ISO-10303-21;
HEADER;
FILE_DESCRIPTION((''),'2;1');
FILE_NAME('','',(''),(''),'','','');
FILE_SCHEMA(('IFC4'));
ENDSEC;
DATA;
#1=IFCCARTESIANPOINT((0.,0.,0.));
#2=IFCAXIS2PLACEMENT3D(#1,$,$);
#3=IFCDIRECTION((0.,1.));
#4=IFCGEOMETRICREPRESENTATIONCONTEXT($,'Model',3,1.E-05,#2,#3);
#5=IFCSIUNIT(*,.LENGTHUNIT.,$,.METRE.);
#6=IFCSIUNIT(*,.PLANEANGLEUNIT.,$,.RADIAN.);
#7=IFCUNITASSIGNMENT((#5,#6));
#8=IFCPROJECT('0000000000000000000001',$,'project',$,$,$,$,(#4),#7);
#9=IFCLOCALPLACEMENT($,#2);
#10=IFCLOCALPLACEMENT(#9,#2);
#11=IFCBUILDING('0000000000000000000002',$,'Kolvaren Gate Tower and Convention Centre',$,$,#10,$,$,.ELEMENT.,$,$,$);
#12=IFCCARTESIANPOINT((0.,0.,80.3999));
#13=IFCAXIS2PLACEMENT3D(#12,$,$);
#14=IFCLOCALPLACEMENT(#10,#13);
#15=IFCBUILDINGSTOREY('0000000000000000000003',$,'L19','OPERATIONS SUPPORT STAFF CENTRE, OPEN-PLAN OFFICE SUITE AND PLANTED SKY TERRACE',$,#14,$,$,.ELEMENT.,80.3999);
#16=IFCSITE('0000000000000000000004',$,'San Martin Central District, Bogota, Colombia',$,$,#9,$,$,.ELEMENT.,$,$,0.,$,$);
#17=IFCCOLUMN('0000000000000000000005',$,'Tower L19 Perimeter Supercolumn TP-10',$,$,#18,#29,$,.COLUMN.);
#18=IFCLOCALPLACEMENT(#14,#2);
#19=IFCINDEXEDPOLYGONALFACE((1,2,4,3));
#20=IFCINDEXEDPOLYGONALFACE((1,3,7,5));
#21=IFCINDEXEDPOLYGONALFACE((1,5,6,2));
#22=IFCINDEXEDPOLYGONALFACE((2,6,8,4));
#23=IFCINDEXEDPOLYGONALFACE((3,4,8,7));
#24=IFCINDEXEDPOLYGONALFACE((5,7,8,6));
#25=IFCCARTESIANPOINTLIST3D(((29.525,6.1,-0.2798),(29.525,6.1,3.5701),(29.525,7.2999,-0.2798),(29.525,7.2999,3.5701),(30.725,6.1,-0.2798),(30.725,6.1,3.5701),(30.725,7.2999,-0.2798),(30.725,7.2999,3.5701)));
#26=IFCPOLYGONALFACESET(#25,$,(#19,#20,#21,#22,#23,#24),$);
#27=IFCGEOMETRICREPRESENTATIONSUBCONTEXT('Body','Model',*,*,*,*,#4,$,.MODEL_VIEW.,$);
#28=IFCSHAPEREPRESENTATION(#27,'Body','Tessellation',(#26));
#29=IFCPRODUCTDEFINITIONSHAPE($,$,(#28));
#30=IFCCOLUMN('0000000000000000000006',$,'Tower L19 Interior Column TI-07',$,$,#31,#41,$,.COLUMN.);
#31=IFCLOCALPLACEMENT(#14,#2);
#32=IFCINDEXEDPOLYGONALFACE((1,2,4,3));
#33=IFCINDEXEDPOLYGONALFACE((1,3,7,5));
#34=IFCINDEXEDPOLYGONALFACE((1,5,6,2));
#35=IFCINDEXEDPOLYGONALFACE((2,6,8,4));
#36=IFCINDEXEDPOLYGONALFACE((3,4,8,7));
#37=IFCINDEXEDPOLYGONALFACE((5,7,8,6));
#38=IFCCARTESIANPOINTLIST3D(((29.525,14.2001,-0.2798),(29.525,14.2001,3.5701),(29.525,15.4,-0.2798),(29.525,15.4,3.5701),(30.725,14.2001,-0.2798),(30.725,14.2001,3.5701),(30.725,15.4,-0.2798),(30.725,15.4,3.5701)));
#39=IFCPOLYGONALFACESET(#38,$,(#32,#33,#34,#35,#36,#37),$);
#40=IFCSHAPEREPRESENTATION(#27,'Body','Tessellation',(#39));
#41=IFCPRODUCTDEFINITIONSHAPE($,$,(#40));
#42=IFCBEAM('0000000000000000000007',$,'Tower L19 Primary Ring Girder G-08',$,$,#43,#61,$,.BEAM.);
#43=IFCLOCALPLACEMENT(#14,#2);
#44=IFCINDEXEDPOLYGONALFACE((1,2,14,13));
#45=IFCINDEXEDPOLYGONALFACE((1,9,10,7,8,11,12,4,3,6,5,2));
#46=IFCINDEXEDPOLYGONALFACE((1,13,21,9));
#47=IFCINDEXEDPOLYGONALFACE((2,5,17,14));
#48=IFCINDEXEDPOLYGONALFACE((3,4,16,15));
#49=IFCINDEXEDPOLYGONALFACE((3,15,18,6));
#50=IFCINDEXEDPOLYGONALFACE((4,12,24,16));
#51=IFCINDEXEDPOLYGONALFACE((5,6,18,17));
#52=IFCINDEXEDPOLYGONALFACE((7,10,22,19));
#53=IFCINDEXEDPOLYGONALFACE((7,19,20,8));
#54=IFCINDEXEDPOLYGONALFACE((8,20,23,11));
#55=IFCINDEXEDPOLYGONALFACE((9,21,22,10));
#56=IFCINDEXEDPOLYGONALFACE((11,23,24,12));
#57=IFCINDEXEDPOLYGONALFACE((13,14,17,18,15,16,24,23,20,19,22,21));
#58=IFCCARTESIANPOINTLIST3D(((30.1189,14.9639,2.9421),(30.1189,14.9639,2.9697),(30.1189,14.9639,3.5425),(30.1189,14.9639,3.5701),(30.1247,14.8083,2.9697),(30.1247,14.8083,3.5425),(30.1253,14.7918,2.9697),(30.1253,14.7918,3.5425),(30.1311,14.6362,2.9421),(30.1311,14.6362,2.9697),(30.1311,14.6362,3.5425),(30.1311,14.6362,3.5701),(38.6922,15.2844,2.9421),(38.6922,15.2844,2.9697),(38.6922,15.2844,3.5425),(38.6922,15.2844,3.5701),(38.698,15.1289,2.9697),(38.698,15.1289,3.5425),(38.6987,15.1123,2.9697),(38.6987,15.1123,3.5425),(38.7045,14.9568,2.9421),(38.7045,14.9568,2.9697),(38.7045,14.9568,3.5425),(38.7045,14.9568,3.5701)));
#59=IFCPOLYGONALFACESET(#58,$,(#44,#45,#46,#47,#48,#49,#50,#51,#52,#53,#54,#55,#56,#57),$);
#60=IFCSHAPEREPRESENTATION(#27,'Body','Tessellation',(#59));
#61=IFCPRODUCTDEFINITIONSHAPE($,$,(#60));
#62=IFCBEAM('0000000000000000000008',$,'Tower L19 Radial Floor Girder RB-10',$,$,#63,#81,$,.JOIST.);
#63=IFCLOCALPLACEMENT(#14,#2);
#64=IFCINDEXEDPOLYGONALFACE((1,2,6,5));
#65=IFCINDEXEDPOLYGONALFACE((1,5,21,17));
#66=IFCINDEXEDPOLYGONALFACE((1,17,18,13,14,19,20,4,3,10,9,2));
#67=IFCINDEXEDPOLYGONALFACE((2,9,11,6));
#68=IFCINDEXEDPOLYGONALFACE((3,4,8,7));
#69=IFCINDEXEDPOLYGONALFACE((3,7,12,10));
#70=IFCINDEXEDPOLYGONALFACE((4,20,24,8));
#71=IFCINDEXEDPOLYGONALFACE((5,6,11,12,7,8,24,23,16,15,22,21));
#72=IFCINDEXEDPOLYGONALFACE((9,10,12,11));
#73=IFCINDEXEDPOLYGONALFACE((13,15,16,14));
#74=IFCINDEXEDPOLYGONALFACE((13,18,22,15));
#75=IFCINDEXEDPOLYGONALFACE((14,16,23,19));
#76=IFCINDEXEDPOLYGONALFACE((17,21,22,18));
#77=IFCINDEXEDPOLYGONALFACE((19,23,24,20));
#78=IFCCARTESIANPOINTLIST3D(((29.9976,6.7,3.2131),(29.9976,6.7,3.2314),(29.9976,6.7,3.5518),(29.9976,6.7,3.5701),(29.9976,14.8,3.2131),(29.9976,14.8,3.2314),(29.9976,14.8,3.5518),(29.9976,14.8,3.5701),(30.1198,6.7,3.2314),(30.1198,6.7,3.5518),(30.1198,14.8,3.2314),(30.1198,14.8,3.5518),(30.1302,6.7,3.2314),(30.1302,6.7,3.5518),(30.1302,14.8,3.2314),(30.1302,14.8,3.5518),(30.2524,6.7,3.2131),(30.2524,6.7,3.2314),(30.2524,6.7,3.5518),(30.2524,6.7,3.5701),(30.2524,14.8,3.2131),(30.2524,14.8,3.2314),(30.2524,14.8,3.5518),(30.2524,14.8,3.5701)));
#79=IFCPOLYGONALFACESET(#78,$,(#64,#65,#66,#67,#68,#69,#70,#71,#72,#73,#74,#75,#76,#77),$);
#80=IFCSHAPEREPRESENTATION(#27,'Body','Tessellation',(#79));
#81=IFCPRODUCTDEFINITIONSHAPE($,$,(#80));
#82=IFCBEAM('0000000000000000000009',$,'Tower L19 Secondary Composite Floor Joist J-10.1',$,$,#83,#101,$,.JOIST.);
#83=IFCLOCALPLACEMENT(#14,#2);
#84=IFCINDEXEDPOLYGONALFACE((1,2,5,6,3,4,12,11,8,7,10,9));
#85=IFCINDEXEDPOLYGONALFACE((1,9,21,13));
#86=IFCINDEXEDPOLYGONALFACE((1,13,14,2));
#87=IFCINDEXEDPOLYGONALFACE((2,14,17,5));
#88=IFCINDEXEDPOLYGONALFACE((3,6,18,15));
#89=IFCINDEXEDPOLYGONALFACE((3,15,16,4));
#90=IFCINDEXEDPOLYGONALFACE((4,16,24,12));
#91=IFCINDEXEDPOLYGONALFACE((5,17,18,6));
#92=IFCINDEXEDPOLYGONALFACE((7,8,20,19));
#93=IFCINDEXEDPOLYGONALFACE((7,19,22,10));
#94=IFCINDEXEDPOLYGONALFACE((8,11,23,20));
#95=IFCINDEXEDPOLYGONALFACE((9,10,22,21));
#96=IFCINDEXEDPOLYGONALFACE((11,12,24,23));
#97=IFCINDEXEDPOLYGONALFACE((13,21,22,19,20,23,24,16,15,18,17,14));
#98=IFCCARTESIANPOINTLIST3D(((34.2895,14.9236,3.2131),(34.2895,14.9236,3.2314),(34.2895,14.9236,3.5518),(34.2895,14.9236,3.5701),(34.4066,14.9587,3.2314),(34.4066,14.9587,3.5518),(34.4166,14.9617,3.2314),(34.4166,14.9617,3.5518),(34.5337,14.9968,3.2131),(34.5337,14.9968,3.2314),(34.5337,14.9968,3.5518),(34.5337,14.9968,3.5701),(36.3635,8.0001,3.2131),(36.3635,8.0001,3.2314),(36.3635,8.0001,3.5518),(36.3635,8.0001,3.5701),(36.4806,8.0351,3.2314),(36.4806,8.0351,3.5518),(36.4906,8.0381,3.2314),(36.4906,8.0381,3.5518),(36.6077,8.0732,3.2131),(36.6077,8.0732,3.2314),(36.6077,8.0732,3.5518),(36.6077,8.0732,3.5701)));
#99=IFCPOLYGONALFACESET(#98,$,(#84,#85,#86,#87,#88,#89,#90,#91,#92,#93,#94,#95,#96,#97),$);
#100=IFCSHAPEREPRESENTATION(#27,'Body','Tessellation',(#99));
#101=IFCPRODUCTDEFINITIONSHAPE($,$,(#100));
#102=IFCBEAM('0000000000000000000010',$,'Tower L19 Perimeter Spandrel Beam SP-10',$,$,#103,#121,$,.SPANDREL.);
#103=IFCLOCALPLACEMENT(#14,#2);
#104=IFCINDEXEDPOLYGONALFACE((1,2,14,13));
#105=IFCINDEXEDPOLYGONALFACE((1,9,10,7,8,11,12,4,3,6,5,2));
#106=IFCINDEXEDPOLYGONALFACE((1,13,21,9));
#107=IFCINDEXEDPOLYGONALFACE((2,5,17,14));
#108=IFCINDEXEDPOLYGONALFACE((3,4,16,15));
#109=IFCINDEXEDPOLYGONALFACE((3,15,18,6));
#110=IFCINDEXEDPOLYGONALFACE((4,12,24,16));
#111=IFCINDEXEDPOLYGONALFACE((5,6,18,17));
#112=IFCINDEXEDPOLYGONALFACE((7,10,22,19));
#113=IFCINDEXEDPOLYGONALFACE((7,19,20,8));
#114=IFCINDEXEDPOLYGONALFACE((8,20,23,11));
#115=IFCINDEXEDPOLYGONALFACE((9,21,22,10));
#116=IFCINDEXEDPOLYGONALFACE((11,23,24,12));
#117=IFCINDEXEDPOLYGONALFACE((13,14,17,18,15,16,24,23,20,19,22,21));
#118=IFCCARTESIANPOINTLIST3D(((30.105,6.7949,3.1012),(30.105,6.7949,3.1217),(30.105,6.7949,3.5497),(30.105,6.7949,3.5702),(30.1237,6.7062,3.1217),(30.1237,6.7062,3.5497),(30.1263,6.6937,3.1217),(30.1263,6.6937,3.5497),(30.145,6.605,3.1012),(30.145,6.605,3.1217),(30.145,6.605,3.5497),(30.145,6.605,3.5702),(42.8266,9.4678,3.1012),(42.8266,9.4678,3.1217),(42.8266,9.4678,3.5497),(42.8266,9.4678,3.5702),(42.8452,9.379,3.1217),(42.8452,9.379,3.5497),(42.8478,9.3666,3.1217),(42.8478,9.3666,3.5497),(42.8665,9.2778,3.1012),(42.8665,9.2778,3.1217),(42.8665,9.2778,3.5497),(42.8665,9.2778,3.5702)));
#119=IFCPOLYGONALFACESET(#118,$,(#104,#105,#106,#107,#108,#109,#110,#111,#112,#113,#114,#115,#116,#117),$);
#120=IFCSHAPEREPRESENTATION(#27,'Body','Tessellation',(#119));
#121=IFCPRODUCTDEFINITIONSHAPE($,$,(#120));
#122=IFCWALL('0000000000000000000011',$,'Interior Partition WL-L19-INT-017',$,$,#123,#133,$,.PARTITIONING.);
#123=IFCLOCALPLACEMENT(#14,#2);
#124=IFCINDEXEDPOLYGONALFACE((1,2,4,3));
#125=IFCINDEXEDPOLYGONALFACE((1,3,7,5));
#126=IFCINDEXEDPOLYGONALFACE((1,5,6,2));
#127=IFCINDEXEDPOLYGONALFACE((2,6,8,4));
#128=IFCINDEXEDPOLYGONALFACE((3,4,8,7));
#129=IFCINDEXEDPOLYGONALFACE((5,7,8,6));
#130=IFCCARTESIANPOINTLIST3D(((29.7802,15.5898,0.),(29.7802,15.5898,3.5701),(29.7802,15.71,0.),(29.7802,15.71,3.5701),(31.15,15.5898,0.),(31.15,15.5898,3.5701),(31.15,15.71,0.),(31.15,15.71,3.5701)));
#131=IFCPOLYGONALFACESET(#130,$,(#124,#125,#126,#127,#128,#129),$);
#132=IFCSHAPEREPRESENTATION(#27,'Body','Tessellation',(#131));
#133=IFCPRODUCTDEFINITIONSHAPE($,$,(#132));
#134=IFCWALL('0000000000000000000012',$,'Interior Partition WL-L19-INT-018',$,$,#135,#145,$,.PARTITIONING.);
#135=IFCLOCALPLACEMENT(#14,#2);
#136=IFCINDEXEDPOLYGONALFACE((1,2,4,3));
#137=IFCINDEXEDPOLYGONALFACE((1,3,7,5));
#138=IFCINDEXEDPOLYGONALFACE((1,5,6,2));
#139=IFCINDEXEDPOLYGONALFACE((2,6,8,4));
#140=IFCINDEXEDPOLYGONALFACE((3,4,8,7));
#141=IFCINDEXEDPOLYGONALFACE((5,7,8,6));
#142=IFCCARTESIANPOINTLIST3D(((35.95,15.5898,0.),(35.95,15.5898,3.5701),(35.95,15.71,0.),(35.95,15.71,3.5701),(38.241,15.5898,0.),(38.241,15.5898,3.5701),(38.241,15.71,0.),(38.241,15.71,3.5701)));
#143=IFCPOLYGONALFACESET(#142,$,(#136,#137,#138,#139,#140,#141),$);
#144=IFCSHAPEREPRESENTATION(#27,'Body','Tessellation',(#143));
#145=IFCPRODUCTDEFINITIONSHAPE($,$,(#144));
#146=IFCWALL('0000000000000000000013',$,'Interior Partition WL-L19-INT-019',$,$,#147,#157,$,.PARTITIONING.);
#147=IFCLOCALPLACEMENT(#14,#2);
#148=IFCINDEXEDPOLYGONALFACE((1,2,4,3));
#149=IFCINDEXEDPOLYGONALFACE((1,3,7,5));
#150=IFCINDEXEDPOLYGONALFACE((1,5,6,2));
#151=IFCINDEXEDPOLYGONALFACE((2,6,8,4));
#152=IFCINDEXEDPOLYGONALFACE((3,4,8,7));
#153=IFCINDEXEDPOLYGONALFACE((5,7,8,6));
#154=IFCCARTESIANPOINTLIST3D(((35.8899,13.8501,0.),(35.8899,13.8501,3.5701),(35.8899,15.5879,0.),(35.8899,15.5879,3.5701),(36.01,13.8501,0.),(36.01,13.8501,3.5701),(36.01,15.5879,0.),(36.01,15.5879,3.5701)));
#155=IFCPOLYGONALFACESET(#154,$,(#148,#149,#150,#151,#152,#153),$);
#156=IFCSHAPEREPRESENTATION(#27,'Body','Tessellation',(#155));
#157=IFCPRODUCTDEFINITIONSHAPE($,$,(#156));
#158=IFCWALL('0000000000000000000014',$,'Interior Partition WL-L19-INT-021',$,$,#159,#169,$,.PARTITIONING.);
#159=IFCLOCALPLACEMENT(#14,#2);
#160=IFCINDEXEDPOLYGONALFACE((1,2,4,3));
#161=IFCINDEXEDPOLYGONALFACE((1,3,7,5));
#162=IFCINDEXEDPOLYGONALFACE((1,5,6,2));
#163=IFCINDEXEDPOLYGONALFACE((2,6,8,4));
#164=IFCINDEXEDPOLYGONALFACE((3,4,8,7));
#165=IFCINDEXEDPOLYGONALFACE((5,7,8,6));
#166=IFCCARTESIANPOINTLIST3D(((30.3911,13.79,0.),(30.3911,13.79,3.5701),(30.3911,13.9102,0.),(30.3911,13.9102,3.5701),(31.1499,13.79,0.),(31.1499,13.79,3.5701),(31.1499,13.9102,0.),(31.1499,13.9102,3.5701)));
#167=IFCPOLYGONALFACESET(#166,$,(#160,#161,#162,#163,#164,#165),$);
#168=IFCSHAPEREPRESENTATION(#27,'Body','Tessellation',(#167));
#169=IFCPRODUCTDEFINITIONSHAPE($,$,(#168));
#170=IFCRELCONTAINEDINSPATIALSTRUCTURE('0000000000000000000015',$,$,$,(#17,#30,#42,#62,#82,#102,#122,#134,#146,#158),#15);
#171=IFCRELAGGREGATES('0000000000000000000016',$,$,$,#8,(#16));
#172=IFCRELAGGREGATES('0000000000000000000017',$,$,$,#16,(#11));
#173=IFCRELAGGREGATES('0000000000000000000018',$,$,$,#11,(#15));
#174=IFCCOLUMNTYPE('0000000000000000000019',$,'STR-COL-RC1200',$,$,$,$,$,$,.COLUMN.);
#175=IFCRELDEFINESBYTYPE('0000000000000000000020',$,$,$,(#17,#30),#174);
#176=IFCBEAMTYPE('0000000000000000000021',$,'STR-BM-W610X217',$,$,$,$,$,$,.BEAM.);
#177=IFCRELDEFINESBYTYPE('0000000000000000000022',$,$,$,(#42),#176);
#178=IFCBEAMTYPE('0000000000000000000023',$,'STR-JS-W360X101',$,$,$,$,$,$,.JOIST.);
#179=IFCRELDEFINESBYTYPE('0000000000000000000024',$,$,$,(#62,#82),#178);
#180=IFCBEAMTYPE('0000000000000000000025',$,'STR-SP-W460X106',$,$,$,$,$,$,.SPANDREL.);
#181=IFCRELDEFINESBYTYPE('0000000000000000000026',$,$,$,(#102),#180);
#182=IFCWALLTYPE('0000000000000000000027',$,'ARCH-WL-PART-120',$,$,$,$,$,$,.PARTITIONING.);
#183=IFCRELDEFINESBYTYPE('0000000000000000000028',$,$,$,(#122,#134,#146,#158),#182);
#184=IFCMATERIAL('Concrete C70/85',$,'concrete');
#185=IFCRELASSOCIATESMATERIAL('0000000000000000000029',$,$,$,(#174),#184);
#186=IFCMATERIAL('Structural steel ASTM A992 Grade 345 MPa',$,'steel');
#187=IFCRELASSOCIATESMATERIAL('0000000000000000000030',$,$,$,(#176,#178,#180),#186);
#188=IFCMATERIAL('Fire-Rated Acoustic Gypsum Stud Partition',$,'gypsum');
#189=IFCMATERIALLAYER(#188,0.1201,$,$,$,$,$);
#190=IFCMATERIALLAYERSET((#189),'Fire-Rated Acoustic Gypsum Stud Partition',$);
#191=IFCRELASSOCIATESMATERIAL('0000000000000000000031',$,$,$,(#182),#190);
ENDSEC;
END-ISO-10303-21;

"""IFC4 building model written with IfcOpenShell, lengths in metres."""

from ifc_helpers import new_model, si_unit, direction, frame, frame_2d, origin, origin_2d, place, context, subcontext, project, spatial, rectangle, i_section, extrude, material, layer, layer_set, material_profile, profile_set, type_object, element, save


model = new_model("IFC4")

# Units and contexts
model_context = context("Model", 3, precision=1e-05, world=origin(), true_north=direction((0.0, 1.0)))
body_context = subcontext(model_context, "Body", "Model", "MODEL_VIEW")
ifc_project = project(units=[si_unit("LENGTHUNIT", "METRE"), si_unit("PLANEANGLEUNIT", "RADIAN")], contexts=[model_context])

# Site, building, storey
site_placement = place(None, origin())
site = spatial("IfcSite", under=ifc_project, at=site_placement, Name="San Martin Central District, Bogota, Colombia", CompositionType="ELEMENT", RefElevation=0.0)
building_placement = place(site_placement, origin())
building = spatial("IfcBuilding", under=site, at=building_placement, Name="Kolvaren Gate Tower and Convention Centre", CompositionType="ELEMENT")
storey_placement = place(building_placement, frame((0.0, 0.0, 80.3999)))
storey = spatial("IfcBuildingStorey", under=building, at=storey_placement, Name="L19", Description="OPERATIONS SUPPORT STAFF CENTRE, OPEN-PLAN OFFICE SUITE AND PLANTED SKY TERRACE", CompositionType="ELEMENT", Elevation=80.3999)

# Columns
ifc_material_1 = material(Name="Concrete C70/85", Category="concrete")
ifc_material_profile_1 = material_profile(ifc_material_1, rectangle(XDim=1.2, YDim=1.2, at=origin_2d()), Name="RC-COL-1200X1200")
ifc_profile_set_1 = profile_set([ifc_material_profile_1], Name="Concrete C70/85")
column_type = type_object("IfcColumnType", Name="STR-COL-RC1200", PredefinedType="COLUMN", material=ifc_profile_set_1)
for number, where, z_axis, x_axis, name in (
    (1, (30.125, 6.7, -0.2798), (0.0, 0.0, 1.0), (1.0, 0.0, 0.0), "Tower L19 Perimeter Supercolumn TP-10"),
    (2, (30.125, 14.8, -0.2798), (0.0, 0.0, 1.0), (1.0, 0.0, 0.0), "Tower L19 Interior Column TI-07"),
):
    element("IfcColumn", number, at=place(storey_placement, frame(where, z_axis=z_axis, x_axis=x_axis)), inside=storey, type_object=column_type, Name=name, PredefinedType="COLUMN", context=body_context, shape_type="SweptSolid", body=[
        extrude(rectangle(XDim=1.2, YDim=1.2, at=origin_2d()), origin(), (0.0, 0.0, 1.0), 3.8499),
    ])

# Beams
ifc_material_2 = material(Name="Structural steel ASTM A992 Grade 345 MPa", Category="steel")
ifc_material_profile_2 = material_profile(ifc_material_2, i_section(OverallWidth=0.3279, OverallDepth=0.6279, WebThickness=0.0166, FlangeThickness=0.0276, at=origin_2d()), Name="W610X217")
ifc_profile_set_2 = profile_set([ifc_material_profile_2], Name="Structural steel ASTM A992 Grade 345 MPa")
beam_type_1 = type_object("IfcBeamType", Name="STR-BM-W610X217", PredefinedType="BEAM", material=ifc_profile_set_2)
beam_1_placement = place(storey_placement, frame((30.125, 14.8, 3.2561), z_axis=(0.999302, 0.037364, 0.0), x_axis=(-0.037364, 0.999302, 0.0)))
element("IfcBeam", 3, at=beam_1_placement, inside=storey, type_object=beam_type_1, Name="Tower L19 Primary Ring Girder G-08", PredefinedType="BEAM", context=body_context, shape_type="SweptSolid", body=[
    extrude(i_section(OverallWidth=0.3279, OverallDepth=0.6279, WebThickness=0.0166, FlangeThickness=0.0276, at=origin_2d()), origin(), (0.0, 0.0, 1.0), 8.5793),
])
ifc_material_profile_3 = material_profile(ifc_material_2, i_section(OverallWidth=0.2549, OverallDepth=0.3569, WebThickness=0.0105, FlangeThickness=0.0183, at=origin_2d()), Name="W360X101")
ifc_profile_set_3 = profile_set([ifc_material_profile_3], Name="Structural steel ASTM A992 Grade 345 MPa")
beam_type_2 = type_object("IfcBeamType", Name="STR-JS-W360X101", PredefinedType="JOIST", material=ifc_profile_set_3)
beam_2_placement = place(storey_placement, frame((30.125, 14.8, 3.3916), z_axis=(0.0, -1.0, 0.0), x_axis=(1.0, 0.0, 0.0)))
element("IfcBeam", 4, at=beam_2_placement, inside=storey, type_object=beam_type_2, Name="Tower L19 Radial Floor Girder RB-10", PredefinedType="JOIST", context=body_context, shape_type="SweptSolid", body=[
    extrude(i_section(OverallWidth=0.2549, OverallDepth=0.3569, WebThickness=0.0105, FlangeThickness=0.0183, at=origin_2d()), origin(), (0.0, 0.0, 1.0), 8.1001),
])
beam_3_placement = place(storey_placement, frame((34.4116, 14.9602, 3.3916), z_axis=(0.286954, -0.957944, 0.0), x_axis=(0.957944, 0.286954, 0.0)))
element("IfcBeam", 5, at=beam_3_placement, inside=storey, type_object=beam_type_2, Name="Tower L19 Secondary Composite Floor Joist J-10.1", PredefinedType="JOIST", context=body_context, shape_type="SweptSolid", body=[
    extrude(i_section(OverallWidth=0.2549, OverallDepth=0.3569, WebThickness=0.0105, FlangeThickness=0.0183, at=origin_2d()), origin(), (0.0, 0.0, 1.0), 7.2275),
])
ifc_material_profile_4 = material_profile(ifc_material_2, i_section(OverallWidth=0.1941, OverallDepth=0.469, WebThickness=0.0127, FlangeThickness=0.0205, at=origin_2d()), Name="W460X106")
ifc_profile_set_4 = profile_set([ifc_material_profile_4], Name="Structural steel ASTM A992 Grade 345 MPa")
beam_type_3 = type_object("IfcBeamType", Name="STR-SP-W460X106", PredefinedType="SPANDREL", material=ifc_profile_set_4)
beam_4_placement = place(storey_placement, frame((30.125, 6.7, 3.3357), z_axis=(0.978633, 0.205617, 0.0), x_axis=(-0.205617, 0.978633, 0.0)))
element("IfcBeam", 6, at=beam_4_placement, inside=storey, type_object=beam_type_3, Name="Tower L19 Perimeter Spandrel Beam SP-10", PredefinedType="SPANDREL", context=body_context, shape_type="SweptSolid", body=[
    extrude(i_section(OverallWidth=0.1941, OverallDepth=0.469, WebThickness=0.0127, FlangeThickness=0.0205, at=origin_2d()), origin(), (0.0, 0.0, 1.0), 12.9993),
])

# Walls
ifc_material_3 = material(Name="Fire-Rated Acoustic Gypsum Stud Partition", Category="gypsum")
ifc_layer_1 = layer(ifc_material_3, 0.1201)
ifc_layer_set_1 = layer_set([ifc_layer_1], Name="Fire-Rated Acoustic Gypsum Stud Partition")
wall_type_1 = type_object("IfcWallType", Name="ARCH-WL-PART-120", PredefinedType="PARTITIONING", material=ifc_layer_set_1)
wall_1_placement = place(storey_placement, frame((29.78, 15.6499, 0.0), z_axis=(0.0, 0.0, 1.0), x_axis=(1.0, 0.0, 0.0)))
element("IfcWall", 7, at=wall_1_placement, inside=storey, type_object=wall_type_1, Name="Interior Partition WL-L19-INT-017", PredefinedType="PARTITIONING", context=body_context, shape_type="SweptSolid", body=[
    extrude(rectangle(XDim=1.3699, YDim=0.1201, at=frame_2d((0.6851, 0.0))), origin(), (0.0, 0.0, 1.0), 3.5701),
])
wall_2_placement = place(storey_placement, frame((35.95, 15.6499, 0.0), z_axis=(0.0, 0.0, 1.0), x_axis=(1.0, 0.0, 0.0)))
element("IfcWall", 8, at=wall_2_placement, inside=storey, type_object=wall_type_1, Name="Interior Partition WL-L19-INT-018", PredefinedType="PARTITIONING", context=body_context, shape_type="SweptSolid", body=[
    extrude(rectangle(XDim=2.291, YDim=0.1201, at=frame_2d((1.1455, 0.0))), origin(), (0.0, 0.0, 1.0), 3.5701),
])
wall_3_placement = place(storey_placement, frame((35.95, 13.8501, 0.0), z_axis=(0.0, 0.0, 1.0), x_axis=(0.0, 1.0, 0.0)))
element("IfcWall", 9, at=wall_3_placement, inside=storey, type_object=wall_type_1, Name="Interior Partition WL-L19-INT-019", PredefinedType="PARTITIONING", context=body_context, shape_type="SweptSolid", body=[
    extrude(rectangle(XDim=1.7378, YDim=0.1201, at=frame_2d((0.8689, 0.0))), origin(), (0.0, 0.0, 1.0), 3.5701),
])
wall_4_placement = place(storey_placement, frame((30.3911, 13.8501, 0.0), z_axis=(0.0, 0.0, 1.0), x_axis=(1.0, 0.0, 0.0)))
element("IfcWall", 10, at=wall_4_placement, inside=storey, type_object=wall_type_1, Name="Interior Partition WL-L19-INT-021", PredefinedType="PARTITIONING", context=body_context, shape_type="SweptSolid", body=[
    extrude(rectangle(XDim=0.7588, YDim=0.1201, at=frame_2d((0.3794, 0.0))), origin(), (0.0, 0.0, 1.0), 3.5701),
])

save(model, "model.ifc")
